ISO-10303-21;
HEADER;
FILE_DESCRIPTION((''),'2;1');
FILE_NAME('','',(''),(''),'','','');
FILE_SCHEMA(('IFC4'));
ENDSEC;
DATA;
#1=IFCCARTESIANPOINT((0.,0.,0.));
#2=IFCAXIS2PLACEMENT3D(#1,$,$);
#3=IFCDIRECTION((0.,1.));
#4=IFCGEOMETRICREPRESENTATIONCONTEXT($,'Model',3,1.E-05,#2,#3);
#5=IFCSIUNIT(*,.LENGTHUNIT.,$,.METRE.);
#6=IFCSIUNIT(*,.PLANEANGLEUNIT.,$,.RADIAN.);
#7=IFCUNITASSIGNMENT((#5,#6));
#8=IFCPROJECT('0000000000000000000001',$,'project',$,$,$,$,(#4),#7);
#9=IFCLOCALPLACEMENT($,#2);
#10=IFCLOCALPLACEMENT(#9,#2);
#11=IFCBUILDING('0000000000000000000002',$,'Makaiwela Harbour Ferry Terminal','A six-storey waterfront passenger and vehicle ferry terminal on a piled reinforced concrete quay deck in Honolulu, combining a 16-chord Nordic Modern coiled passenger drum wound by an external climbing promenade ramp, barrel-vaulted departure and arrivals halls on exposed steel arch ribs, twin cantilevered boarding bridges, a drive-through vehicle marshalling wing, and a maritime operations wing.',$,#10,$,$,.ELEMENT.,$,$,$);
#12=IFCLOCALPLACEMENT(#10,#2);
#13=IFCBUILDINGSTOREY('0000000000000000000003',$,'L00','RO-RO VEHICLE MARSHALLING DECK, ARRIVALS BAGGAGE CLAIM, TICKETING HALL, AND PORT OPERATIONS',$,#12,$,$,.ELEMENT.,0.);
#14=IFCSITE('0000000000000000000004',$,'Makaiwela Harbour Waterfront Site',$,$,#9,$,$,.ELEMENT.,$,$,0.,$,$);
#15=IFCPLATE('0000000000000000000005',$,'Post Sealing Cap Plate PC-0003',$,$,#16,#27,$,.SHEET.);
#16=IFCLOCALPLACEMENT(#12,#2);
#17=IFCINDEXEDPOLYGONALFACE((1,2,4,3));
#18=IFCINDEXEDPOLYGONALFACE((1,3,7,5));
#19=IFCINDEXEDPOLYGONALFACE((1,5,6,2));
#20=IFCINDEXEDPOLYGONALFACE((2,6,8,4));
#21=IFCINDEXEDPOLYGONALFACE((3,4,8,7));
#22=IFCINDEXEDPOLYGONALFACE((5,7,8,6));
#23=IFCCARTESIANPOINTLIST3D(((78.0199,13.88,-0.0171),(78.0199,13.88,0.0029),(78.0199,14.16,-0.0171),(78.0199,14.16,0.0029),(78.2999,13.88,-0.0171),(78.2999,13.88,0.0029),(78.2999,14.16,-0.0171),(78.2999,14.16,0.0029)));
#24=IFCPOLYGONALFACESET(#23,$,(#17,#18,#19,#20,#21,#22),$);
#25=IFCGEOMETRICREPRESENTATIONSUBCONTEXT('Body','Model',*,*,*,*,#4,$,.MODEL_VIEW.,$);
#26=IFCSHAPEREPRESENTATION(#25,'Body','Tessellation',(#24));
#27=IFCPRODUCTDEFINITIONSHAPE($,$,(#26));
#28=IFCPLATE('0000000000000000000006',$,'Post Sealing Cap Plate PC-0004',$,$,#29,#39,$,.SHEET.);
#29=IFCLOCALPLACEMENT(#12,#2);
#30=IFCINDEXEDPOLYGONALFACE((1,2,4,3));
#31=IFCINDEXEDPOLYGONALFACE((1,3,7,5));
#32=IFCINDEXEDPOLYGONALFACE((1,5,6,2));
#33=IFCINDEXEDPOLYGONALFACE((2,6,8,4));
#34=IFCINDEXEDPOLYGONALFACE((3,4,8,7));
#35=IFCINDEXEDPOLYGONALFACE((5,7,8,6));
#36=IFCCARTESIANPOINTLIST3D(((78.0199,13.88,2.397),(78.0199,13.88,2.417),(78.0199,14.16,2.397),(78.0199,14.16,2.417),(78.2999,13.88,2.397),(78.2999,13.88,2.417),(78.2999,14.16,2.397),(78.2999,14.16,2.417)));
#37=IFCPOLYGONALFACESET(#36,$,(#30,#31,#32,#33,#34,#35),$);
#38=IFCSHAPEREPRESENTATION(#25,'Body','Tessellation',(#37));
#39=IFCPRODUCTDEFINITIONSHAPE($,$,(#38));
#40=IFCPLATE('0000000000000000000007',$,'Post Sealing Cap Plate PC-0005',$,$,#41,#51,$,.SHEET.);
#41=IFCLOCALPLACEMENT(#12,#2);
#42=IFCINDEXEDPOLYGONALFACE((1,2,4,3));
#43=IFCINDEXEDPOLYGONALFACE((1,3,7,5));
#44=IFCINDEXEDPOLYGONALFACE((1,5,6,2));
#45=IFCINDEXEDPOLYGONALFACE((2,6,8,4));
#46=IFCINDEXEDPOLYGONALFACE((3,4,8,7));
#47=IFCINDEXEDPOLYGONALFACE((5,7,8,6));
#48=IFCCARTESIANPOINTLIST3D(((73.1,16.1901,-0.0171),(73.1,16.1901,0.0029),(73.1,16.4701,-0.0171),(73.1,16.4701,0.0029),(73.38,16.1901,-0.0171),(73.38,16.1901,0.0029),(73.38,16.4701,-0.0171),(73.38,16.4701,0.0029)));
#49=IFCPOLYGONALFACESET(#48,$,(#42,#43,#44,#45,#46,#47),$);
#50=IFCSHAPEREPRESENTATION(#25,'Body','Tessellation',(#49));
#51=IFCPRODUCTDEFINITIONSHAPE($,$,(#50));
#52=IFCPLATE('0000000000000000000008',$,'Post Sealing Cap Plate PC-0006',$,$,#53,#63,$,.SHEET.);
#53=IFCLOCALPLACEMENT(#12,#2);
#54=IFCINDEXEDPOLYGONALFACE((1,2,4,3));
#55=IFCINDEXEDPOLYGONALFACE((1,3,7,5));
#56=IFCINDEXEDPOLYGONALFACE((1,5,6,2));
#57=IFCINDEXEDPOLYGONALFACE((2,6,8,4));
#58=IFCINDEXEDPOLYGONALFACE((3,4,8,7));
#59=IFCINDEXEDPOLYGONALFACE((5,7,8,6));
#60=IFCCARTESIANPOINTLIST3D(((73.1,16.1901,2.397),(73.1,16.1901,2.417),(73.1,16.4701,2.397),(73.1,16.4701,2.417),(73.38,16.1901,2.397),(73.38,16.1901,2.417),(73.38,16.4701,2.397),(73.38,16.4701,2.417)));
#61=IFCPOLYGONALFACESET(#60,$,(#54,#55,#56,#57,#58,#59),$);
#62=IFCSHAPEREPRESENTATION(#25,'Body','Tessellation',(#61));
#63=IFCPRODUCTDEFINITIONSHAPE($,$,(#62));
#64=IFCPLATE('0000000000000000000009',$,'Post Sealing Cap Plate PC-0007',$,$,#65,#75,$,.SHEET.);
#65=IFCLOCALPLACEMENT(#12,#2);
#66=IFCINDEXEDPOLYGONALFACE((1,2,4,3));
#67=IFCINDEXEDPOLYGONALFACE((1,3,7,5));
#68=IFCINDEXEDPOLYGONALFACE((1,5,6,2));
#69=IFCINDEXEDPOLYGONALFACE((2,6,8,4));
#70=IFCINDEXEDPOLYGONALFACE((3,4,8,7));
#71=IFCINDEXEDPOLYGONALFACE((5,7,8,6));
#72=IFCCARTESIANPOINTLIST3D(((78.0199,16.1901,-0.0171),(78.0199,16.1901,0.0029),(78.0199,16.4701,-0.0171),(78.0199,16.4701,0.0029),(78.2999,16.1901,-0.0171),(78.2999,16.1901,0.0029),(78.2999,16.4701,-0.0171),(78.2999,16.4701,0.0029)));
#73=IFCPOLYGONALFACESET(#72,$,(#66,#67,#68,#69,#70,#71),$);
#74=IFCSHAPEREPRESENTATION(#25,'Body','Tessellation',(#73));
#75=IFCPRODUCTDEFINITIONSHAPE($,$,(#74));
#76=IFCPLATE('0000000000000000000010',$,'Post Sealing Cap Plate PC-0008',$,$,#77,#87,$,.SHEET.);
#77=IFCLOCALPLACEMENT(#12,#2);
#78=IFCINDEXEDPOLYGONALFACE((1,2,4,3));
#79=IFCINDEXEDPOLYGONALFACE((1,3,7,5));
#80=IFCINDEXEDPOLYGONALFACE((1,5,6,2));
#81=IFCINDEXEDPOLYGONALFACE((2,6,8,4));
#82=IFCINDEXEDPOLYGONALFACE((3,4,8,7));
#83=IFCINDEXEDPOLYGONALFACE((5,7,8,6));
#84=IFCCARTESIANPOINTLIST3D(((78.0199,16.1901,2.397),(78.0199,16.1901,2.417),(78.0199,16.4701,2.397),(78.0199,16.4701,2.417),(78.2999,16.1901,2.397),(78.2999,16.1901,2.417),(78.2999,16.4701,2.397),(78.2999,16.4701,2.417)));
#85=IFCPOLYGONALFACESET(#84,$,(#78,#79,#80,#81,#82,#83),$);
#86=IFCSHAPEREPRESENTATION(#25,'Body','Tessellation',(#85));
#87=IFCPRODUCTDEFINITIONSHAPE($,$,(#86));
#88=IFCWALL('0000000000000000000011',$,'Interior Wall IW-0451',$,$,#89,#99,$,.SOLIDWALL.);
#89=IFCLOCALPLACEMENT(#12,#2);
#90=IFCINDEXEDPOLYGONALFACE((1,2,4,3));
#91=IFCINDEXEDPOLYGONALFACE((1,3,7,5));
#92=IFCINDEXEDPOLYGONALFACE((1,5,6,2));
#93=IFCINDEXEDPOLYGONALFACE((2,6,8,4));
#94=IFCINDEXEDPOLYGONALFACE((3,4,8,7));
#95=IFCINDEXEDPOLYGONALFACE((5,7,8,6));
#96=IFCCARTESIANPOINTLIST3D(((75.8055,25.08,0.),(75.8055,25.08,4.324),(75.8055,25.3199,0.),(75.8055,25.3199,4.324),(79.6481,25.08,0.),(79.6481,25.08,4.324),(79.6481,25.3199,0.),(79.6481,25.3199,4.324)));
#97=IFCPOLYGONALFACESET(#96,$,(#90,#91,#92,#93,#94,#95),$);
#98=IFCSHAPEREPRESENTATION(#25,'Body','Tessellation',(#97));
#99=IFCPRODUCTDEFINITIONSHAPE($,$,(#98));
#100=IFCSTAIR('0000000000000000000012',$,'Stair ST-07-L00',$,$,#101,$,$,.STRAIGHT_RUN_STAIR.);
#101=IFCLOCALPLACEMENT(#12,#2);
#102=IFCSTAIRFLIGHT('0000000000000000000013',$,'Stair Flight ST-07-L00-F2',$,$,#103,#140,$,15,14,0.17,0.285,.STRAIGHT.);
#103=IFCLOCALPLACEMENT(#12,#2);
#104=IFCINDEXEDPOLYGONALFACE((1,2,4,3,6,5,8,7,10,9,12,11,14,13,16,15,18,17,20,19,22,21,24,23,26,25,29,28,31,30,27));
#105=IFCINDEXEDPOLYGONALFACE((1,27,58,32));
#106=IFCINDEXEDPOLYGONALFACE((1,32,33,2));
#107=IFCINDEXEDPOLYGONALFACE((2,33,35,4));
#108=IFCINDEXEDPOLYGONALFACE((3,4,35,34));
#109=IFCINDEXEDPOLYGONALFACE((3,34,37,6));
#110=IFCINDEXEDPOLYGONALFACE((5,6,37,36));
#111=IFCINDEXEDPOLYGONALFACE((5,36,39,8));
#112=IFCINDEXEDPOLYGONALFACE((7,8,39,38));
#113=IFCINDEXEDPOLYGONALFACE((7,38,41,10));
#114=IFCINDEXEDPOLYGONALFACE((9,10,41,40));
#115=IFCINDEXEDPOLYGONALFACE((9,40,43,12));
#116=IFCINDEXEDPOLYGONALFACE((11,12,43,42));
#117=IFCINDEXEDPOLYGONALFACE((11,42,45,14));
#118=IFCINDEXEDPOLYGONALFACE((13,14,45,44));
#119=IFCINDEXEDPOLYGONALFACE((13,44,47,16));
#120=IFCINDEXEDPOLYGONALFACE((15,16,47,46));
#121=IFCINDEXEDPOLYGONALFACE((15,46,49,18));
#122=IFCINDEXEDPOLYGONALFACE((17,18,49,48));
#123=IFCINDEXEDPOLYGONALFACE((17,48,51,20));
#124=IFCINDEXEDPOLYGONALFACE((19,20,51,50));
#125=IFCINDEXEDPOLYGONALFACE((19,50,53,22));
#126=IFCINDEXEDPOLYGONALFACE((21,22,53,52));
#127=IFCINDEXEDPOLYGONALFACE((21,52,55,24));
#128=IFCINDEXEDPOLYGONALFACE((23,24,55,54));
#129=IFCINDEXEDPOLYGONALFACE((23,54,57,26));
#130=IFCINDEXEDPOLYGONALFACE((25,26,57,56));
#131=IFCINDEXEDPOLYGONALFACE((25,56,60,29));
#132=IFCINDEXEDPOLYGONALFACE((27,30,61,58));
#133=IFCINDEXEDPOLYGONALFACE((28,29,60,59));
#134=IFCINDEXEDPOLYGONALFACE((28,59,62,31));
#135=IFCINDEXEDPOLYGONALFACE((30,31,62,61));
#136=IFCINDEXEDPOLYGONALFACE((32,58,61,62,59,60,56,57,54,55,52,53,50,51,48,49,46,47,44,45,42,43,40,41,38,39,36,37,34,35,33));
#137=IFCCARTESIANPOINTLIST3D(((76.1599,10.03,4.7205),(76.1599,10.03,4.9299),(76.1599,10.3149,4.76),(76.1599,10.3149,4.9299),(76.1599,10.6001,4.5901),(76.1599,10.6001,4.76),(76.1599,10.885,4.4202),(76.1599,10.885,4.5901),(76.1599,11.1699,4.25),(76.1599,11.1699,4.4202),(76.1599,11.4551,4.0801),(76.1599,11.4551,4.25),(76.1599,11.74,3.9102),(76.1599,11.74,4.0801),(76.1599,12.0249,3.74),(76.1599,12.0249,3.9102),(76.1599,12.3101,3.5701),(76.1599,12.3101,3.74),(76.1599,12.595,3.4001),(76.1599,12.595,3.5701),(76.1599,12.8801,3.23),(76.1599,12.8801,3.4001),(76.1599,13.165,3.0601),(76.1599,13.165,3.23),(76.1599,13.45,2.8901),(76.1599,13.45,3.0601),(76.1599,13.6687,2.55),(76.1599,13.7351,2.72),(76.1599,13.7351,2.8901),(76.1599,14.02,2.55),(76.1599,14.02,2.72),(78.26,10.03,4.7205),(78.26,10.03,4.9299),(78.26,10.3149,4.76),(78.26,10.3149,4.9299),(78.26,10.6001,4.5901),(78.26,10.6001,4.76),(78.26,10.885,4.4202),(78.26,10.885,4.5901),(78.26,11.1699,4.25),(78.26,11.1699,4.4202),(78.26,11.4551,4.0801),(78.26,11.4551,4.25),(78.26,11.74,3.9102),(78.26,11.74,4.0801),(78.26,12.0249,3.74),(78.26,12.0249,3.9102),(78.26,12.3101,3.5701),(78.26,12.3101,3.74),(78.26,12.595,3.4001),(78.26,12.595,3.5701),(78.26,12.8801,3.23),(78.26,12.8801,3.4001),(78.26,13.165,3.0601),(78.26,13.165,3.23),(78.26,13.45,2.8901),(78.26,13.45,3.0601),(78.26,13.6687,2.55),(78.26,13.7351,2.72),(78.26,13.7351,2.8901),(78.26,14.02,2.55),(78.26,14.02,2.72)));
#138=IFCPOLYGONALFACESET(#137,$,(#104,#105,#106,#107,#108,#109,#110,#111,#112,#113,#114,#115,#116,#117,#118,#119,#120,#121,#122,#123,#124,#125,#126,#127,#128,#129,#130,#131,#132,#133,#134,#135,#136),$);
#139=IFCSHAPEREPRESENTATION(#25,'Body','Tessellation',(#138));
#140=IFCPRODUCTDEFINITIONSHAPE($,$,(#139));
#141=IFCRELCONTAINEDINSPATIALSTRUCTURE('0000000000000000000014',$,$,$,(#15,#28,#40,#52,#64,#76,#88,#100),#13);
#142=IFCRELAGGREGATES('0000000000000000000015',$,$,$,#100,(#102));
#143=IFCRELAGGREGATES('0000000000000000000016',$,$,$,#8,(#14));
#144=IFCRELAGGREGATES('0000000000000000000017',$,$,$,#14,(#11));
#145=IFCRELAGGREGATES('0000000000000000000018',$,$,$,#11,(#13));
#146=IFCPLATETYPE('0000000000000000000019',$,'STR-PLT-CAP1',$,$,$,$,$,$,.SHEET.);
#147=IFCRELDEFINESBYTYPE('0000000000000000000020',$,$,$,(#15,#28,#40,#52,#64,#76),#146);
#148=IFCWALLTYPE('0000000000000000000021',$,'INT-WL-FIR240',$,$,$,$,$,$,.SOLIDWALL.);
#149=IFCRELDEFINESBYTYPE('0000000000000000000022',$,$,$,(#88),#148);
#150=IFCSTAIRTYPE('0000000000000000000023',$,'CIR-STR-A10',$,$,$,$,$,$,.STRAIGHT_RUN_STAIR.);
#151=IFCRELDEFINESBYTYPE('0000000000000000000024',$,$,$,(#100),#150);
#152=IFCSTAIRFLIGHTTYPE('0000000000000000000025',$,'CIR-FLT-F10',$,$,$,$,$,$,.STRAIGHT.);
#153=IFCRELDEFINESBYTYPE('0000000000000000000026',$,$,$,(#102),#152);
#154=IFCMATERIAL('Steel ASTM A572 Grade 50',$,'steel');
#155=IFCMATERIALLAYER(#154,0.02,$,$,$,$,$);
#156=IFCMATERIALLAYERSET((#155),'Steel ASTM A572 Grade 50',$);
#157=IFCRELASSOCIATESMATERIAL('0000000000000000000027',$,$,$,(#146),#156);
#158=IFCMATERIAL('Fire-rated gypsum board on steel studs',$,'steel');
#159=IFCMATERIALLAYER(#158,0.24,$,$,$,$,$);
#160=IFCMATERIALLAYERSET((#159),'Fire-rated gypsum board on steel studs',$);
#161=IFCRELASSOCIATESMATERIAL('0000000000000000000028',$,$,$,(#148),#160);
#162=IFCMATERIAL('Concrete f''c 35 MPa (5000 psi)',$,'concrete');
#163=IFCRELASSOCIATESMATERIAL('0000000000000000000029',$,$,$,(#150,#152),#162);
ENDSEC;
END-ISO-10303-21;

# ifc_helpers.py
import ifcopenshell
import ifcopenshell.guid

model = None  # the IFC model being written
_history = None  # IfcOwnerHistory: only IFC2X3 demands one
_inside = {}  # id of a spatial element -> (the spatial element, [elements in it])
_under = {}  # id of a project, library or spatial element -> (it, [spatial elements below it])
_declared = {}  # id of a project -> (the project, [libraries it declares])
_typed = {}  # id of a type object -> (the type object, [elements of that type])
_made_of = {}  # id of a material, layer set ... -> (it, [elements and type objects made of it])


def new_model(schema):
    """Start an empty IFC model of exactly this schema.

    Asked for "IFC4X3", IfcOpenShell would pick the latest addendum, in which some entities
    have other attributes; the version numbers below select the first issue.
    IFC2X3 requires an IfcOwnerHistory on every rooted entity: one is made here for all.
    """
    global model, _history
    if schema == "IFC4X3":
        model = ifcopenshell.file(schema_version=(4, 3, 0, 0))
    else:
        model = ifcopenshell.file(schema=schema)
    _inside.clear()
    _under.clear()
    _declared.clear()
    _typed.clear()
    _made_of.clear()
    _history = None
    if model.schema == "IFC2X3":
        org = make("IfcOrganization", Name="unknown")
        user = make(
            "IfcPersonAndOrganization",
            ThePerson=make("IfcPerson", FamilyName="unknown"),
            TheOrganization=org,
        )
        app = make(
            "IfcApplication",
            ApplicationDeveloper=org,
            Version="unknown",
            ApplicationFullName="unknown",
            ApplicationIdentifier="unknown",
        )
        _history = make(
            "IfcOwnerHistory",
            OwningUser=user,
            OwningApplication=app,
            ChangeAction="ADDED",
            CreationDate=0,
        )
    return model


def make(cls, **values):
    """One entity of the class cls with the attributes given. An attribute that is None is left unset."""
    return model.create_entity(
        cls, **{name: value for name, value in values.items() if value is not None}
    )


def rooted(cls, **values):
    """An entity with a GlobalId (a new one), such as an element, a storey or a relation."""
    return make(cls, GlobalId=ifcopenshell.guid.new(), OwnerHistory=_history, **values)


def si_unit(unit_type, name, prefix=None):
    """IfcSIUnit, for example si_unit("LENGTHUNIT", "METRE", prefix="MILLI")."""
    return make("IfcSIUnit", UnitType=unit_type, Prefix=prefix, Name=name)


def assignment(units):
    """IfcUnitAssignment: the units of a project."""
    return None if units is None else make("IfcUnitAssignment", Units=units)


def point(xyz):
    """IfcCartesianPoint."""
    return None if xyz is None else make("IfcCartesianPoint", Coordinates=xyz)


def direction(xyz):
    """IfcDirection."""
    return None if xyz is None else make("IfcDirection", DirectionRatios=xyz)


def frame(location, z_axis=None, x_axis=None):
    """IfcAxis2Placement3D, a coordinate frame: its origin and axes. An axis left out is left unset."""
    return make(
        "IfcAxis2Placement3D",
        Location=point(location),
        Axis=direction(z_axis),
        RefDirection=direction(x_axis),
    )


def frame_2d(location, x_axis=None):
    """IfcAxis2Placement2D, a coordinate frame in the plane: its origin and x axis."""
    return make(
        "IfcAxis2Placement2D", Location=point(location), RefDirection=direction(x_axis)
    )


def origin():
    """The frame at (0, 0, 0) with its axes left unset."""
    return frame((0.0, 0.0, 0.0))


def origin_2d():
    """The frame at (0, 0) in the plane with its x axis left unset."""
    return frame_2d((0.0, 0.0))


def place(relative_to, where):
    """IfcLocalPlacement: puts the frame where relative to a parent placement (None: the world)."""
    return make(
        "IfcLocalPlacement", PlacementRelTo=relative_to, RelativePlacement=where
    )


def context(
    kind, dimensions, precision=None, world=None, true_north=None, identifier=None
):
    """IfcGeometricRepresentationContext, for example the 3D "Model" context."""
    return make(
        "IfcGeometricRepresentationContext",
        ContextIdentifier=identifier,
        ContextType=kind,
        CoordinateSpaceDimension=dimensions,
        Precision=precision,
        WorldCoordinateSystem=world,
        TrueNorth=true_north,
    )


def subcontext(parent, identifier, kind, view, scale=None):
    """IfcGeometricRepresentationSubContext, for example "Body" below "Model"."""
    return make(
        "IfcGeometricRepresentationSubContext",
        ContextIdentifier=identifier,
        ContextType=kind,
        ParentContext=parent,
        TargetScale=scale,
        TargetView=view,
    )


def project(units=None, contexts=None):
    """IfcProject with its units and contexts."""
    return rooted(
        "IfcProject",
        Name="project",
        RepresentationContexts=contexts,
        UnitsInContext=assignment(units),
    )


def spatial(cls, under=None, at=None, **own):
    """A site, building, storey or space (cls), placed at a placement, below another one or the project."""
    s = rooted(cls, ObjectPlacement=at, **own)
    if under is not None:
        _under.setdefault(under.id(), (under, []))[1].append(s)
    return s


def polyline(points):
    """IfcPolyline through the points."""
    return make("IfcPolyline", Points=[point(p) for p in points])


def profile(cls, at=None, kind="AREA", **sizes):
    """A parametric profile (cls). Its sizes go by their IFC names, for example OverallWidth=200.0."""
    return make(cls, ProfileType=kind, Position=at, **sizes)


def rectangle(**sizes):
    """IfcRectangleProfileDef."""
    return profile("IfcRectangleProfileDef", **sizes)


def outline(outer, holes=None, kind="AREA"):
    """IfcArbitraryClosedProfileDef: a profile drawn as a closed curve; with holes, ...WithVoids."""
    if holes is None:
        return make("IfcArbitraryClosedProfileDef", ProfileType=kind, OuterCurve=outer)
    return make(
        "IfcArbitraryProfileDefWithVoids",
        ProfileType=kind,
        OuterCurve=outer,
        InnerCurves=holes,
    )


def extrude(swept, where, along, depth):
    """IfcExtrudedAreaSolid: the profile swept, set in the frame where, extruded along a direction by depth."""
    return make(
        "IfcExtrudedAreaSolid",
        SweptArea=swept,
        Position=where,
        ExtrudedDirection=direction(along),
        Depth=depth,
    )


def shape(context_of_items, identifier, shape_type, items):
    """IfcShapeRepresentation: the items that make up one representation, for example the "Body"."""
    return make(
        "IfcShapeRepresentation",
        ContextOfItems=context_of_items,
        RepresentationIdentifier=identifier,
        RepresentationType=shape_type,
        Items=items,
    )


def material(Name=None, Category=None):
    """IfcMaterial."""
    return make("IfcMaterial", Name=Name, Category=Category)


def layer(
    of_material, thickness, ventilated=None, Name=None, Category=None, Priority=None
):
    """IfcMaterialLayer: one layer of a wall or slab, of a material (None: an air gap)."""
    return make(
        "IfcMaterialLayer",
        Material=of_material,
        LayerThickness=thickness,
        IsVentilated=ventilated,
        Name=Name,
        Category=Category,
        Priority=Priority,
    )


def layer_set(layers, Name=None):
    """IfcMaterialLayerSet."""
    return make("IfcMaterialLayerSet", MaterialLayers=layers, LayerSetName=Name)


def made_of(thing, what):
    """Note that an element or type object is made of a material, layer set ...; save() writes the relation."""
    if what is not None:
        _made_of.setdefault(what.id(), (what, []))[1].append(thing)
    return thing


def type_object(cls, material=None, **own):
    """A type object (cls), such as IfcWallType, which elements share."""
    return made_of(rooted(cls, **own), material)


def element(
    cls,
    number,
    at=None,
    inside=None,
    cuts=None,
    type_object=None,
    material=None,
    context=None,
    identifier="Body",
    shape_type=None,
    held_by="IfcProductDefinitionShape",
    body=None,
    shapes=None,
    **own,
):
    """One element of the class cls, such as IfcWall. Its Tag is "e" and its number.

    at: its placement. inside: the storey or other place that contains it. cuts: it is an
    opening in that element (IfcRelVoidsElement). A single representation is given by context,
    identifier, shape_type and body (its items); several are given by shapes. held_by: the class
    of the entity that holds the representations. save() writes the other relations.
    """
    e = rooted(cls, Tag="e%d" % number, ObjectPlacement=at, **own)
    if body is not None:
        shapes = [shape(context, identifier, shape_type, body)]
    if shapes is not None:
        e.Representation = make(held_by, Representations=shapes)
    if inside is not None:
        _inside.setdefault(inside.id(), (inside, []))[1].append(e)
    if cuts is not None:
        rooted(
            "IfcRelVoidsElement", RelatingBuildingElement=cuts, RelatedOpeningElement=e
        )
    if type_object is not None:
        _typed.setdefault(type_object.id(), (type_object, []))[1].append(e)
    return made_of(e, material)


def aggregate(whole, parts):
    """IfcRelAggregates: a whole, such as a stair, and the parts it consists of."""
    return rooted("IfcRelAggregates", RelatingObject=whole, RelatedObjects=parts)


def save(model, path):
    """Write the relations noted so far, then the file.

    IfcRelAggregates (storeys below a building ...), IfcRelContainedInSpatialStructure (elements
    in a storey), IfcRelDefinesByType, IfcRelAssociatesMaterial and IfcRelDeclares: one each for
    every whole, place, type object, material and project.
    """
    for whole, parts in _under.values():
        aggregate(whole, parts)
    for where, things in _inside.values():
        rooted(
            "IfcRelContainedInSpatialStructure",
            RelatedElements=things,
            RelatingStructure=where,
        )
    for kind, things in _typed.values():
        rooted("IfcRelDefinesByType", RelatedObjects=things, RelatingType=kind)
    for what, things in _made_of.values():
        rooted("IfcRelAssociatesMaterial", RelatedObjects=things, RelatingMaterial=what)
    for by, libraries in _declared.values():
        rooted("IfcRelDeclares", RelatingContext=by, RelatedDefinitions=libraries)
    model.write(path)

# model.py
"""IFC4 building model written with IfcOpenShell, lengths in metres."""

from ifc_helpers import new_model, si_unit, direction, frame, frame_2d, origin, origin_2d, place, context, subcontext, project, spatial, polyline, rectangle, outline, extrude, material, layer, layer_set, type_object, element, aggregate, save


model = new_model("IFC4")

# Units and contexts
model_context = context("Model", 3, precision=1e-05, world=origin(), true_north=direction((0.0, 1.0)))
body_context = subcontext(model_context, "Body", "Model", "MODEL_VIEW")
ifc_project = project(units=[si_unit("LENGTHUNIT", "METRE"), si_unit("PLANEANGLEUNIT", "RADIAN")], contexts=[model_context])

# Site, building, storey
site_placement = place(None, origin())
site = spatial("IfcSite", under=ifc_project, at=site_placement, Name="Makaiwela Harbour Waterfront Site", CompositionType="ELEMENT", RefElevation=0.0)
building_placement = place(site_placement, origin())
building = spatial("IfcBuilding", under=site, at=building_placement, Name="Makaiwela Harbour Ferry Terminal", Description="A six-storey waterfront passenger and vehicle ferry terminal on a piled reinforced concrete quay deck in Honolulu, combining a 16-chord Nordic Modern coiled passenger drum wound by an external climbing promenade ramp, barrel-vaulted departure and arrivals halls on exposed steel arch ribs, twin cantilevered boarding bridges, a drive-through vehicle marshalling wing, and a maritime operations wing.", CompositionType="ELEMENT")
storey_placement = place(building_placement, origin())
storey = spatial("IfcBuildingStorey", under=building, at=storey_placement, Name="L00", Description="RO-RO VEHICLE MARSHALLING DECK, ARRIVALS BAGGAGE CLAIM, TICKETING HALL, AND PORT OPERATIONS", CompositionType="ELEMENT", Elevation=0.0)

# Plates
ifc_material_1 = material(Name="Steel ASTM A572 Grade 50", Category="steel")
ifc_layer_1 = layer(ifc_material_1, 0.02)
ifc_layer_set_1 = layer_set([ifc_layer_1], Name="Steel ASTM A572 Grade 50")
plate_type = type_object("IfcPlateType", Name="STR-PLT-CAP1", PredefinedType="SHEET", material=ifc_layer_set_1)
for number, where, z_axis, x_axis, name in (
    (1, (78.1599, 14.02, -0.0171), (0.0, 0.0, 1.0), (1.0, 0.0, 0.0), "Post Sealing Cap Plate PC-0003"),
    (2, (78.1599, 14.02, 2.397), (0.0, 0.0, 1.0), (1.0, 0.0, 0.0), "Post Sealing Cap Plate PC-0004"),
    (3, (73.24, 16.3301, -0.0171), (0.0, 0.0, 1.0), (1.0, 0.0, 0.0), "Post Sealing Cap Plate PC-0005"),
    (4, (73.24, 16.3301, 2.397), (0.0, 0.0, 1.0), (1.0, 0.0, 0.0), "Post Sealing Cap Plate PC-0006"),
    (5, (78.1599, 16.3301, -0.0171), (0.0, 0.0, 1.0), (1.0, 0.0, 0.0), "Post Sealing Cap Plate PC-0007"),
    (6, (78.1599, 16.3301, 2.397), (0.0, 0.0, 1.0), (1.0, 0.0, 0.0), "Post Sealing Cap Plate PC-0008"),
):
    element("IfcPlate", number, at=place(storey_placement, frame(where, z_axis=z_axis, x_axis=x_axis)), inside=storey, type_object=plate_type, Name=name, PredefinedType="SHEET", context=body_context, shape_type="SweptSolid", body=[
        extrude(rectangle(XDim=0.28, YDim=0.28, at=origin_2d()), origin(), (0.0, 0.0, 1.0), 0.02),
    ])

# Wall
ifc_material_2 = material(Name="Fire-rated gypsum board on steel studs", Category="steel")
ifc_layer_2 = layer(ifc_material_2, 0.24)
ifc_layer_set_2 = layer_set([ifc_layer_2], Name="Fire-rated gypsum board on steel studs")
wall_type = type_object("IfcWallType", Name="INT-WL-FIR240", PredefinedType="SOLIDWALL", material=ifc_layer_set_2)
wall_placement = place(storey_placement, frame((75.8054, 25.2, 0.0), z_axis=(0.0, 0.0, 1.0), x_axis=(1.0, 0.0, 0.0)))
element("IfcWall", 7, at=wall_placement, inside=storey, type_object=wall_type, Name="Interior Wall IW-0451", PredefinedType="SOLIDWALL", context=body_context, shape_type="SweptSolid", body=[
    extrude(rectangle(XDim=3.8425, YDim=0.24, at=frame_2d((1.9214, 0.0))), origin(), (0.0, 0.0, 1.0), 4.324),
])

# Stair, stair flight
ifc_material_3 = material(Name="Concrete f'c 35 MPa (5000 psi)", Category="concrete")
stair_type = type_object("IfcStairType", Name="CIR-STR-A10", PredefinedType="STRAIGHT_RUN_STAIR", material=ifc_material_3)
stair_placement = place(storey_placement, origin())
stair = element("IfcStair", 8, at=stair_placement, inside=storey, type_object=stair_type, Name="Stair ST-07-L00", PredefinedType="STRAIGHT_RUN_STAIR")
stair_flight_type = type_object("IfcStairFlightType", Name="CIR-FLT-F10", PredefinedType="STRAIGHT", material=ifc_material_3)
stair_flight_placement = place(storey_placement, frame((77.21, 14.02, 2.55), z_axis=(0.0, 0.0, 1.0), x_axis=(0.0, -1.0, 0.0)))
stair_flight = element("IfcStairFlight", 9, at=stair_flight_placement, type_object=stair_flight_type, Name="Stair Flight ST-07-L00-F2", NumberOfRisers=15, NumberOfTreads=14, PredefinedType="STRAIGHT", RiserHeight=0.17, TreadLength=0.285, context=body_context, shape_type="SweptSolid", body=[
    extrude(outline(polyline([(0.0, 0.0), (0.0, 0.1699), (0.2849, 0.1699), (0.2849, 0.3401), (0.5701, 0.3401), (0.5701, 0.51), (0.855, 0.51), (0.855, 0.6799), (1.1399, 0.6799), (1.1399, 0.8501), (1.425, 0.8501), (1.425, 1.02), (1.71, 1.02), (1.71, 1.1899), (1.9951, 1.1899), (1.9951, 1.3601), (2.28, 1.3601), (2.28, 1.53), (2.5649, 1.53), (2.5649, 1.7), (2.8501, 1.7), (2.8501, 1.8701), (3.135, 1.8701), (3.135, 2.04), (3.4199, 2.04), (3.4199, 2.21), (3.7051, 2.21), (3.7051, 2.3799), (3.99, 2.3799), (3.99, 2.55), (3.99, 2.1704), (0.3513, 0.0), (0.0, 0.0)])), frame((0.0, 1.05, 0.0), z_axis=(0.0, -1.0, 0.0), x_axis=(1.0, 0.0, 0.0)), (0.0, 0.0, 1.0), 2.1001),
])
aggregate(stair, [stair_flight])

save(model, "model.ifc")
